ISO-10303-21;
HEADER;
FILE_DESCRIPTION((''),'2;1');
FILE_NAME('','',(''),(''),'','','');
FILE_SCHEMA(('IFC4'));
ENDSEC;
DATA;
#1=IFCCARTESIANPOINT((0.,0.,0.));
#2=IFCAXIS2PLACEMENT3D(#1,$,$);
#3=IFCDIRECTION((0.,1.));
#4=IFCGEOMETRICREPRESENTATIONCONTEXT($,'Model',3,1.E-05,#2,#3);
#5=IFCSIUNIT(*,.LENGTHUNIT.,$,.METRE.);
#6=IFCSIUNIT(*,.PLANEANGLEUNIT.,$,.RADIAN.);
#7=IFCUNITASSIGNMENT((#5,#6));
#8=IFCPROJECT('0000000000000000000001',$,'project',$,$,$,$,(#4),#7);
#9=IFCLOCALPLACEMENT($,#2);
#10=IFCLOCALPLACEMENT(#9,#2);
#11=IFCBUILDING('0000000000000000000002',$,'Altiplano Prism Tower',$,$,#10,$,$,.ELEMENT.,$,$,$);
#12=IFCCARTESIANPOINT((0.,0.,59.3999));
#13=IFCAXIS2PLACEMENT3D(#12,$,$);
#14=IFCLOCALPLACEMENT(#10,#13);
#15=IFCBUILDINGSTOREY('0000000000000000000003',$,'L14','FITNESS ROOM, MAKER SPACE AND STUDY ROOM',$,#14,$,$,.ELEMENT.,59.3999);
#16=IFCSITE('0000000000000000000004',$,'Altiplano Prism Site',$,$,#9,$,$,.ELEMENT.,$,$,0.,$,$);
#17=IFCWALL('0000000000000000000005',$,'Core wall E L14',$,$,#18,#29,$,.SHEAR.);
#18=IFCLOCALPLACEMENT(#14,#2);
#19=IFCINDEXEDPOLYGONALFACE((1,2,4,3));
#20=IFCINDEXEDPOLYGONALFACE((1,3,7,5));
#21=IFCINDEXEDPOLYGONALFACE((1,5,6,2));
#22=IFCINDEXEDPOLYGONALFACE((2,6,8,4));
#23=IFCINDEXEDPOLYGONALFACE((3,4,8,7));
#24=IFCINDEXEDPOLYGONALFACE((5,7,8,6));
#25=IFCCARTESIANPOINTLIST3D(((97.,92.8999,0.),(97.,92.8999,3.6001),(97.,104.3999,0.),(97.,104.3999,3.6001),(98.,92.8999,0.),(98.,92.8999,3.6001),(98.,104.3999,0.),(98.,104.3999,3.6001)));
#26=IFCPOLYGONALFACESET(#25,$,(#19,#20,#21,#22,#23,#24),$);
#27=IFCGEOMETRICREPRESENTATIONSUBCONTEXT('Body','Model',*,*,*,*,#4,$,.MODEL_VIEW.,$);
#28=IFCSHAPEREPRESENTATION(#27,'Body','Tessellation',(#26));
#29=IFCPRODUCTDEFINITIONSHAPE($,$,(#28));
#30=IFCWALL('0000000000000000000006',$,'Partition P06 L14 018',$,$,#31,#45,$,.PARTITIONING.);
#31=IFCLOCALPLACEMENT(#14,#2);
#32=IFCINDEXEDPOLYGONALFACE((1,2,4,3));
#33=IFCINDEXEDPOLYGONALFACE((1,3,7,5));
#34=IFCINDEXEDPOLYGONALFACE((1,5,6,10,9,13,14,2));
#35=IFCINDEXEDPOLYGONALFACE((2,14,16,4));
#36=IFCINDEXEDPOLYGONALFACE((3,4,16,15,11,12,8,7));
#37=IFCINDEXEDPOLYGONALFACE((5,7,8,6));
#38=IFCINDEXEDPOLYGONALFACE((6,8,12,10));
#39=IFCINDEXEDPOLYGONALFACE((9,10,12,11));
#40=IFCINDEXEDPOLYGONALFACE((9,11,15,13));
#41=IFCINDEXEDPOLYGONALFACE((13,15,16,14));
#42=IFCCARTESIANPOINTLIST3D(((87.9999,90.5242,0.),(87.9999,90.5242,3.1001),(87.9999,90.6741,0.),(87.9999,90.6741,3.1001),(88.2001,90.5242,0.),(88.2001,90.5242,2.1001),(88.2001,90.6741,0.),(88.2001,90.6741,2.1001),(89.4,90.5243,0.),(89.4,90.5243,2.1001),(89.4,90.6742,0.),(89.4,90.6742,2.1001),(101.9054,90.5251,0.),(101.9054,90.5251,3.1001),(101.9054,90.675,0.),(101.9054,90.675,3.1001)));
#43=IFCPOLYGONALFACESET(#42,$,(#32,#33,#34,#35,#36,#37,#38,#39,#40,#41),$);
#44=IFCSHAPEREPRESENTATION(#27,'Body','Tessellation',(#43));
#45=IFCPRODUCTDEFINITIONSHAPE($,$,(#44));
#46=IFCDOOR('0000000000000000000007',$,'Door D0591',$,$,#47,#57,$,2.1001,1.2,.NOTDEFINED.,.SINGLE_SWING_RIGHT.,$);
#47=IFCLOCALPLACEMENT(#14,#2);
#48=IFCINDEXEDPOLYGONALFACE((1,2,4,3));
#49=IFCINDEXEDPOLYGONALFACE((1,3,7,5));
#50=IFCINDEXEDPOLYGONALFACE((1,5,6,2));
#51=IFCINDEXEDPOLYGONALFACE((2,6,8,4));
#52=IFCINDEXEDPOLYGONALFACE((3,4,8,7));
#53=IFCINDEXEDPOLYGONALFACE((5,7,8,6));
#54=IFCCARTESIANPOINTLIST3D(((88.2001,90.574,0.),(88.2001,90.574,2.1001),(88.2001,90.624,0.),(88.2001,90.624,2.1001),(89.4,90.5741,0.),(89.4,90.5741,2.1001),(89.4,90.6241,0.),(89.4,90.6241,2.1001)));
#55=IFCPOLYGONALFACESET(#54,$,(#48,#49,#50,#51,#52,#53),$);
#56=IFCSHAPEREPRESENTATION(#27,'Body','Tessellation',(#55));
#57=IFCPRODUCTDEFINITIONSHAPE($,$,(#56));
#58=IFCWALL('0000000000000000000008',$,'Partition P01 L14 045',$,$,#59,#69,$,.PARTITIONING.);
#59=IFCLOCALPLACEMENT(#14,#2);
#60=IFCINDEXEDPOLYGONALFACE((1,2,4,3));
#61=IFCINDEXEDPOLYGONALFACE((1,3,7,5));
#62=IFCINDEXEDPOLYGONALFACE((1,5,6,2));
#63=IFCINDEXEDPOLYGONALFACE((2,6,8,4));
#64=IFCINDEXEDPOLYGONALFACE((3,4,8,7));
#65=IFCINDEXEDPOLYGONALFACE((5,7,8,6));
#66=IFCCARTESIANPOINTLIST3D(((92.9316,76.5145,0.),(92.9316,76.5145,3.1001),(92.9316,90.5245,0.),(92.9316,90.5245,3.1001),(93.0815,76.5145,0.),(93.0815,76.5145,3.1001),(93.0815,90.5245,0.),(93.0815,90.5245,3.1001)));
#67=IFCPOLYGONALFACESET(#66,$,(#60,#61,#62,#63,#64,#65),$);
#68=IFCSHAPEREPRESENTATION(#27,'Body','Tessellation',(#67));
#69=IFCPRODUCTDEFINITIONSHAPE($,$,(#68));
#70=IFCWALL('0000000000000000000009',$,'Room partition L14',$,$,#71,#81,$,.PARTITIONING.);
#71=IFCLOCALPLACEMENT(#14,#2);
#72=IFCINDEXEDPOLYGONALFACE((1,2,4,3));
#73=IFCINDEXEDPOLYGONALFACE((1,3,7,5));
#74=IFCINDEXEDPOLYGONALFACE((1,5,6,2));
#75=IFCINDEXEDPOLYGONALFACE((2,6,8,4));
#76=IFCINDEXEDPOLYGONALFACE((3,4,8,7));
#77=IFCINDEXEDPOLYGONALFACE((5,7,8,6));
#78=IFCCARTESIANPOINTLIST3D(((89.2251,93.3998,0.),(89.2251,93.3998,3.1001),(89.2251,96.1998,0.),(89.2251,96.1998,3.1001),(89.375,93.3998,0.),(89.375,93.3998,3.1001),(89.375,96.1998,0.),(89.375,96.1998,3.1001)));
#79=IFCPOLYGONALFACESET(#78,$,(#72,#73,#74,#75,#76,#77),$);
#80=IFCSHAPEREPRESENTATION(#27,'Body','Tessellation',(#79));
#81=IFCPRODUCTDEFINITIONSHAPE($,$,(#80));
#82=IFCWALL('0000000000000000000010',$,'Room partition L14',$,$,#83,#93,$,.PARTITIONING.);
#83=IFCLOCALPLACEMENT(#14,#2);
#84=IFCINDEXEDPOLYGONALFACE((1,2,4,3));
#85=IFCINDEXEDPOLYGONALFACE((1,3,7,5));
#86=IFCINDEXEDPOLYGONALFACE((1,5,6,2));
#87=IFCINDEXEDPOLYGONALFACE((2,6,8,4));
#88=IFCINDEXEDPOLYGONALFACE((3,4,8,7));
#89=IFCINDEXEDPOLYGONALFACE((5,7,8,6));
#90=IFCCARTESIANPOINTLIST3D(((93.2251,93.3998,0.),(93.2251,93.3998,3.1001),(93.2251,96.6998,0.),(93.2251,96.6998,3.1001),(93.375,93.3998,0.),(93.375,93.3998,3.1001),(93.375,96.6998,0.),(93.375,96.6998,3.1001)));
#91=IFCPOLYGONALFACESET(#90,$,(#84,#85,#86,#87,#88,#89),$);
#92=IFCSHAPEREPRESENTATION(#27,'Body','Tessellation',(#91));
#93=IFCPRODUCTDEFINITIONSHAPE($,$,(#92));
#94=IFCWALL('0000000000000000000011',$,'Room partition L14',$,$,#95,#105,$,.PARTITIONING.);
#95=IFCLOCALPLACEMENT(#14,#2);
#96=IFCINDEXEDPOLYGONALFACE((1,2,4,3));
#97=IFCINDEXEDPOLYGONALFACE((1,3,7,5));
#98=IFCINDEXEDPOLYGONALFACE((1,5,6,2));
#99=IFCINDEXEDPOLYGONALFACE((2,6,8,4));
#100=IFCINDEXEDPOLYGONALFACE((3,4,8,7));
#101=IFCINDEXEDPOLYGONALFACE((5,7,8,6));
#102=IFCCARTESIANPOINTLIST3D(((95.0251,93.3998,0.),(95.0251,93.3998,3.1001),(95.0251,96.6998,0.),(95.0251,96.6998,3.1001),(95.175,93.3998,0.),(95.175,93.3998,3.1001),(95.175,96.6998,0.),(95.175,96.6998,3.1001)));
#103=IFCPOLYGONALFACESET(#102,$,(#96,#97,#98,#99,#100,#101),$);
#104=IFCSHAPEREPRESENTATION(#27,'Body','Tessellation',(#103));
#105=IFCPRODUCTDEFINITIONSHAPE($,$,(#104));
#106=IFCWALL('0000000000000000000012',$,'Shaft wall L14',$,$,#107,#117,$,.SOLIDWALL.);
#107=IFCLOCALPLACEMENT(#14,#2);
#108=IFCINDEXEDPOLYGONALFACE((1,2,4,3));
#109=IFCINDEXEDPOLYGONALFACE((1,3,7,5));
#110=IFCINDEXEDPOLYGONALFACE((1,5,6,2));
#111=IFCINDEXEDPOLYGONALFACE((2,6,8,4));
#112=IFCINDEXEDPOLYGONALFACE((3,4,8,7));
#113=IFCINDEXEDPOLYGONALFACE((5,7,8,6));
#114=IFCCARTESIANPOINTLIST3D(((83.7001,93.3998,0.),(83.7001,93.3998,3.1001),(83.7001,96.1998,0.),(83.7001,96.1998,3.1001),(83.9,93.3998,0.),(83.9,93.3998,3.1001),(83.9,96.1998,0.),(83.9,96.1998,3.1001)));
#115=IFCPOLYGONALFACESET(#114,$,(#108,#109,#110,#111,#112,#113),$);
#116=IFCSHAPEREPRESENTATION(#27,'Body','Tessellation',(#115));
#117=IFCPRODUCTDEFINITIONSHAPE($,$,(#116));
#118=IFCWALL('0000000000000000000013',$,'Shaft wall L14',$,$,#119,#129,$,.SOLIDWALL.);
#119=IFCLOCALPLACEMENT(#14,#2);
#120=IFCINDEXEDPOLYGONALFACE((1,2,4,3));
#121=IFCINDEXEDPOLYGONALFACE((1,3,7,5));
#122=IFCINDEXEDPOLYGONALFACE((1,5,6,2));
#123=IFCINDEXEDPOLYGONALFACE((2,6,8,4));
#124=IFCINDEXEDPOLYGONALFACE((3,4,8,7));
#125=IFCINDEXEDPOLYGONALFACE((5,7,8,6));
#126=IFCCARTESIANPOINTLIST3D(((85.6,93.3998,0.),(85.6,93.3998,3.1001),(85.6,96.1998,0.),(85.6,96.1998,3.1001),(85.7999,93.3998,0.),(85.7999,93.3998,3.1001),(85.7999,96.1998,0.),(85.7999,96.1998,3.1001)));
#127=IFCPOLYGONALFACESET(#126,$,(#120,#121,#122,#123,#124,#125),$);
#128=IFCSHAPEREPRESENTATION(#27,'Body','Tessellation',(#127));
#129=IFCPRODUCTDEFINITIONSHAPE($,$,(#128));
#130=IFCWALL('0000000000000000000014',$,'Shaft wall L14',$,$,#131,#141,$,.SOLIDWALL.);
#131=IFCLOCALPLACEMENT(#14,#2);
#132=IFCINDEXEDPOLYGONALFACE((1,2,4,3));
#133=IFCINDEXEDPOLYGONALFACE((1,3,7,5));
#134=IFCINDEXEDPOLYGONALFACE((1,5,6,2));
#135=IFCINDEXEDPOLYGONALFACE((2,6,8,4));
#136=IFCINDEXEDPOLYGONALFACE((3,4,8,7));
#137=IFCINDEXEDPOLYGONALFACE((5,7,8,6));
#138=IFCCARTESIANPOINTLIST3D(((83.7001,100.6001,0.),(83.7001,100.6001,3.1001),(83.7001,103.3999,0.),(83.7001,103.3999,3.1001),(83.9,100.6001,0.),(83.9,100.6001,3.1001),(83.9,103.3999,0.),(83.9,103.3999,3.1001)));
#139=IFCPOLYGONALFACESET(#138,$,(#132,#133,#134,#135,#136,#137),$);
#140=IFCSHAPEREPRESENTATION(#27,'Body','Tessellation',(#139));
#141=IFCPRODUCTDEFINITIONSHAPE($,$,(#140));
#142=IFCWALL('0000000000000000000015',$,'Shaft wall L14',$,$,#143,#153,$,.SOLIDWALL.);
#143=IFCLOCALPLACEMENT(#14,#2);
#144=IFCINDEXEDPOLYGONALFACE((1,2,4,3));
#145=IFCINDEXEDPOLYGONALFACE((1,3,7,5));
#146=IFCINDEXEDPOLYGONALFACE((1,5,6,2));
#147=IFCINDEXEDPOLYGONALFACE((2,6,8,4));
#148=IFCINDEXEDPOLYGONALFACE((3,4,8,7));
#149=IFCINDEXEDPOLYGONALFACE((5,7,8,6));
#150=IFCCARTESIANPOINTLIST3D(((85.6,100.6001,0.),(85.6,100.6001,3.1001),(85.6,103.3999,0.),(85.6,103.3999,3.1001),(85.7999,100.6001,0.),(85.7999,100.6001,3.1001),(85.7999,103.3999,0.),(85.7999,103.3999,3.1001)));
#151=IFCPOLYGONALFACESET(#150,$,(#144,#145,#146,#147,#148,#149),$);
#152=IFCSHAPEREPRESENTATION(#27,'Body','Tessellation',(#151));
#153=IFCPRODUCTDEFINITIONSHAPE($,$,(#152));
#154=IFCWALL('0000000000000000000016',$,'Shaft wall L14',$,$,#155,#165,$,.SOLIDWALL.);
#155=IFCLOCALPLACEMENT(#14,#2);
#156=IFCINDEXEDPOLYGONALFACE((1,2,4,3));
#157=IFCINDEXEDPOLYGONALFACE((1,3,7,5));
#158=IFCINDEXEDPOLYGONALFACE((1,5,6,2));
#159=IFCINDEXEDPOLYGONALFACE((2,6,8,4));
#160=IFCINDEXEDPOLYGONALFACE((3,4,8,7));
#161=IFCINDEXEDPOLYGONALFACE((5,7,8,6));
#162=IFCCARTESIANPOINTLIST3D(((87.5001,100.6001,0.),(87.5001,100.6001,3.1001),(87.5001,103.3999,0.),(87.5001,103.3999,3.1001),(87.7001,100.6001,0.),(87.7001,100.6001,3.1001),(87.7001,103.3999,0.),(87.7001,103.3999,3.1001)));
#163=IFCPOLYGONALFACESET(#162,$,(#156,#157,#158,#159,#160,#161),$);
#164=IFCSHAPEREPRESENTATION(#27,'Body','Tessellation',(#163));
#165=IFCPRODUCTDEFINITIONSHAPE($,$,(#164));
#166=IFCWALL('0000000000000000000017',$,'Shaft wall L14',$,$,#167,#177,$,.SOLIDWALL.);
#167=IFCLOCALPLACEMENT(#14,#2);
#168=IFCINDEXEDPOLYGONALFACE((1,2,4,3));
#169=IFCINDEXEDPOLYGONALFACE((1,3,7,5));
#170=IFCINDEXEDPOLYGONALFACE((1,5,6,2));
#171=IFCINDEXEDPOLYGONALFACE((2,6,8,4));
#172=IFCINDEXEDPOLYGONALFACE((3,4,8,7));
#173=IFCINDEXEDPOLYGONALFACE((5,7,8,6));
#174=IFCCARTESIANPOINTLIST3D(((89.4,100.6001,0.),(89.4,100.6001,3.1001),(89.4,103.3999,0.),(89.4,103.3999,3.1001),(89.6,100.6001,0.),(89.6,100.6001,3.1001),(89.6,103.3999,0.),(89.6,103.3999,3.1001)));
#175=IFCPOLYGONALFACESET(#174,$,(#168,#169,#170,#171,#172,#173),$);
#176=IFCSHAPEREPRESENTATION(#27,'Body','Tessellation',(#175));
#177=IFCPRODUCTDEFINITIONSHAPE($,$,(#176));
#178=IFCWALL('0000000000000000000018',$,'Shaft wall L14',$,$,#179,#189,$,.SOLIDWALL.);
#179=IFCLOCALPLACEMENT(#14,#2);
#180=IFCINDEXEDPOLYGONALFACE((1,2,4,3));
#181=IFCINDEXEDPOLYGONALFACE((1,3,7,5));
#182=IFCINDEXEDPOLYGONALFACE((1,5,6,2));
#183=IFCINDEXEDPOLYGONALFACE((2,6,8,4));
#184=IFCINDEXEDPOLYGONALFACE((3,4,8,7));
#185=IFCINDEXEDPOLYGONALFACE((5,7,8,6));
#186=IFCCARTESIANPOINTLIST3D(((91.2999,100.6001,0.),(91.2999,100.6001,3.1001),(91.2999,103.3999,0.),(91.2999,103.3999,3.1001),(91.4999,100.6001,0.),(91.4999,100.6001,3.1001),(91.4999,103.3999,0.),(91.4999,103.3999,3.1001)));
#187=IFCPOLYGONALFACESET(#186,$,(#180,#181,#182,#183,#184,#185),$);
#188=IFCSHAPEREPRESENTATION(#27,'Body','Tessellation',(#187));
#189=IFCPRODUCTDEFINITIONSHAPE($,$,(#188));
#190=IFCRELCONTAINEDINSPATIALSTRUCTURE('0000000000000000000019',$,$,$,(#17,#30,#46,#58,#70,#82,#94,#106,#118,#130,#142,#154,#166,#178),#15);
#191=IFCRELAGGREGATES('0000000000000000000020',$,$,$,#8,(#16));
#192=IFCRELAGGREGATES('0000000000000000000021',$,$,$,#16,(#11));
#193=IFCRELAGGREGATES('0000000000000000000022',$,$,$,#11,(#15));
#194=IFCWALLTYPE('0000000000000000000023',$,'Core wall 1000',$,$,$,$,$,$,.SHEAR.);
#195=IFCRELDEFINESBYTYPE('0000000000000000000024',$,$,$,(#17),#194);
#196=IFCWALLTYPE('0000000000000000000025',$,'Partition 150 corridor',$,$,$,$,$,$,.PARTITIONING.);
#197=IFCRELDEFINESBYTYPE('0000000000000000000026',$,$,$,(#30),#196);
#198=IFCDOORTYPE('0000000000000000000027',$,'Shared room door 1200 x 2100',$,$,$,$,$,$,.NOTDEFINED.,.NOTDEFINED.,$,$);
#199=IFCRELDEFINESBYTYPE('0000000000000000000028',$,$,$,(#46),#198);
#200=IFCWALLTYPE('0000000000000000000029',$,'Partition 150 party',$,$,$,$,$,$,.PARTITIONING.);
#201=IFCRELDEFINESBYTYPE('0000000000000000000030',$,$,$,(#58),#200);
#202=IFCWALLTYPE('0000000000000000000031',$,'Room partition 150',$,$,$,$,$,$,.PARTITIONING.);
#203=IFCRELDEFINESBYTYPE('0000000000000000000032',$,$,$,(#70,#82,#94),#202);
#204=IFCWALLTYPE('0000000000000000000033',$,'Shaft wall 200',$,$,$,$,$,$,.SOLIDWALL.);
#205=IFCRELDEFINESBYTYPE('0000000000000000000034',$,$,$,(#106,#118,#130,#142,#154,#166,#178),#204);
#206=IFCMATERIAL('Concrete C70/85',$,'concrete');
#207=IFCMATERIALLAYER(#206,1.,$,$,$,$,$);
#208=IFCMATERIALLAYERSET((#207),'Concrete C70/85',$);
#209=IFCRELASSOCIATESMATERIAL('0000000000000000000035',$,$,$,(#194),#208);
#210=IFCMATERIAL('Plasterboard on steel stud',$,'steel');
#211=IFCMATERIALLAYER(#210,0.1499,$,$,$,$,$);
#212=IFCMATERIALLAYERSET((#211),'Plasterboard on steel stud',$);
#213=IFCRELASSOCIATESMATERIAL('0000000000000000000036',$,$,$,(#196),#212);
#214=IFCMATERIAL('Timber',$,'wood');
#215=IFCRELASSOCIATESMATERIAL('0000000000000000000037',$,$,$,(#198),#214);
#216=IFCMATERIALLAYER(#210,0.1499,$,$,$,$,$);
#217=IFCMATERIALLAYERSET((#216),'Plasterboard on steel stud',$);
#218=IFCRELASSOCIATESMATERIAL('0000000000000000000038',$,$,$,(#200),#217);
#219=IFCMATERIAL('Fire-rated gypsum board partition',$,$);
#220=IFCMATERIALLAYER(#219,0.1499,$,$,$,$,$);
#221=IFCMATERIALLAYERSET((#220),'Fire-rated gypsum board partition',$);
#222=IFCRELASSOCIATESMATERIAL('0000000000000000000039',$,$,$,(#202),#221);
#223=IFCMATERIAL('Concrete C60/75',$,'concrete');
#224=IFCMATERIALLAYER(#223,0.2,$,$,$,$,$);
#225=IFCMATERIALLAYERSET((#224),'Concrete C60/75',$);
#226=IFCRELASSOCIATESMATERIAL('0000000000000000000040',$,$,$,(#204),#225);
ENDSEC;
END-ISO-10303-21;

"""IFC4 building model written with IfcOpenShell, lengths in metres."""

from ifc_helpers import new_model, si_unit, direction, frame, frame_2d, origin, place, context, subcontext, project, spatial, rectangle, extrude, material, layer, layer_set, type_object, element, fill, save


model = new_model("IFC4")

# Units and contexts
model_context = context("Model", 3, precision=1e-05, world=origin(), true_north=direction((0.0, 1.0)))
body_context = subcontext(model_context, "Body", "Model", "MODEL_VIEW")
ifc_project = project(units=[si_unit("LENGTHUNIT", "METRE"), si_unit("PLANEANGLEUNIT", "RADIAN")], contexts=[model_context])

# Site, building, storey
site_placement = place(None, origin())
site = spatial("IfcSite", under=ifc_project, at=site_placement, Name="Altiplano Prism Site", CompositionType="ELEMENT", RefElevation=0.0)
building_placement = place(site_placement, origin())
building = spatial("IfcBuilding", under=site, at=building_placement, Name="Altiplano Prism Tower", CompositionType="ELEMENT")
storey_placement = place(building_placement, frame((0.0, 0.0, 59.3999)))
storey = spatial("IfcBuildingStorey", under=building, at=storey_placement, Name="L14", Description="FITNESS ROOM, MAKER SPACE AND STUDY ROOM", CompositionType="ELEMENT", Elevation=59.3999)

# Wall
ifc_material_1 = material(Name="Concrete C70/85", Category="concrete")
ifc_layer_1 = layer(ifc_material_1, 1.0)
ifc_layer_set_1 = layer_set([ifc_layer_1], Name="Concrete C70/85")
wall_type_1 = type_object("IfcWallType", Name="Core wall 1000", PredefinedType="SHEAR", material=ifc_layer_set_1)
wall_1_placement = place(storey_placement, frame((97.5, 92.8999, 0.0), z_axis=(0.0, 0.0, 1.0), x_axis=(0.0, 1.0, 0.0)))
element("IfcWall", 1, at=wall_1_placement, inside=storey, type_object=wall_type_1, Name="Core wall E L14", PredefinedType="SHEAR", context=body_context, shape_type="SweptSolid", body=[
    extrude(rectangle(XDim=11.5, YDim=1.0, at=frame_2d((5.75, 0.0))), origin(), (0.0, 0.0, 1.0), 3.6001),
])

# Wall, opening, door
ifc_material_2 = material(Name="Plasterboard on steel stud", Category="steel")
ifc_layer_2 = layer(ifc_material_2, 0.1499)
ifc_layer_set_2 = layer_set([ifc_layer_2], Name="Plasterboard on steel stud")
wall_type_2 = type_object("IfcWallType", Name="Partition 150 corridor", PredefinedType="PARTITIONING", material=ifc_layer_set_2)
wall_2_placement = place(storey_placement, frame((88.0, 90.5991, 0.0), z_axis=(0.0, 0.0, 1.0), x_axis=(1.0, 0.00007, 0.0)))
wall_2 = element("IfcWall", 2, at=wall_2_placement, inside=storey, type_object=wall_type_2, Name="Partition P06 L14 018", PredefinedType="PARTITIONING", context=body_context, shape_type="SweptSolid", body=[
    extrude(rectangle(XDim=13.9055, YDim=0.1499, at=frame_2d((6.9526, 0.0))), origin(), (0.0, 0.0, 1.0), 3.1001),
])
opening_1_placement = place(wall_2_placement, frame((0.2, 0.0, 0.0)))
opening_1 = element("IfcOpeningElement", 3, at=opening_1_placement, cuts=wall_2, PredefinedType="OPENING", context=body_context, shape_type="SweptSolid", body=[
    extrude(rectangle(XDim=1.2, YDim=2.1001, at=frame_2d((0.6001, 1.05))), frame((0.0, 0.0854, 0.0), z_axis=(0.0, -1.0, 0.0), x_axis=(1.0, 0.0, 0.0)), (0.0, 0.0, 1.0), 0.1709),
])
ifc_material_3 = material(Name="Timber", Category="wood")
door_type_1 = type_object("IfcDoorType", Name="Shared room door 1200 x 2100", OperationType="NOTDEFINED", PredefinedType="NOTDEFINED", material=ifc_material_3)
door_1_placement = place(opening_1_placement, origin())
door_1 = element("IfcDoor", 4, at=door_1_placement, inside=storey, type_object=door_type_1, Name="Door D0591", OperationType="SINGLE_SWING_RIGHT", OverallHeight=2.1001, OverallWidth=1.2, PredefinedType="NOTDEFINED", context=body_context, shape_type="SweptSolid", body=[
    extrude(rectangle(XDim=1.2, YDim=2.1001, at=frame_2d((0.6001, 1.05))), frame((0.0, 0.0249, 0.0), z_axis=(0.0, -1.0, 0.0), x_axis=(1.0, 0.0, 0.0)), (0.0, 0.0, 1.0), 0.05),
])
fill(opening_1, door_1)

# Walls
ifc_layer_3 = layer(ifc_material_2, 0.1499)
ifc_layer_set_3 = layer_set([ifc_layer_3], Name="Plasterboard on steel stud")
wall_type_3 = type_object("IfcWallType", Name="Partition 150 party", PredefinedType="PARTITIONING", material=ifc_layer_set_3)
wall_3_placement = place(storey_placement, frame((93.0066, 90.5244, 0.0), z_axis=(0.0, 0.0, 1.0), x_axis=(0.0, -1.0, 0.0)))
element("IfcWall", 5, at=wall_3_placement, inside=storey, type_object=wall_type_3, Name="Partition P01 L14 045", PredefinedType="PARTITIONING", context=body_context, shape_type="SweptSolid", body=[
    extrude(rectangle(XDim=14.01, YDim=0.1499, at=frame_2d((7.0049, 0.0))), origin(), (0.0, 0.0, 1.0), 3.1001),
])
ifc_material_4 = material(Name="Fire-rated gypsum board partition")
ifc_layer_4 = layer(ifc_material_4, 0.1499)
ifc_layer_set_4 = layer_set([ifc_layer_4], Name="Fire-rated gypsum board partition")
wall_type_4 = type_object("IfcWallType", Name="Room partition 150", PredefinedType="PARTITIONING", material=ifc_layer_set_4)
wall_4_placement = place(storey_placement, frame((89.3, 93.3999, 0.0), z_axis=(0.0, 0.0, 1.0), x_axis=(0.0, 1.0, 0.0)))
element("IfcWall", 6, at=wall_4_placement, inside=storey, type_object=wall_type_4, Name="Room partition L14", PredefinedType="PARTITIONING", context=body_context, shape_type="SweptSolid", body=[
    extrude(rectangle(XDim=2.8, YDim=0.1499, at=frame_2d((1.3999, 0.0))), origin(), (0.0, 0.0, 1.0), 3.1001),
])
for number, where, z_axis, x_axis, name in (
    (7, (93.3, 93.3999, 0.0), (0.0, 0.0, 1.0), (0.0, 1.0, 0.0), "Room partition L14"),
    (8, (95.1001, 93.3999, 0.0), (0.0, 0.0, 1.0), (0.0, 1.0, 0.0), "Room partition L14"),
):
    element("IfcWall", number, at=place(storey_placement, frame(where, z_axis=z_axis, x_axis=x_axis)), inside=storey, type_object=wall_type_4, Name=name, PredefinedType="PARTITIONING", context=body_context, shape_type="SweptSolid", body=[
        extrude(rectangle(XDim=3.3, YDim=0.1499, at=frame_2d((1.6499, 0.0))), origin(), (0.0, 0.0, 1.0), 3.1001),
    ])
ifc_material_5 = material(Name="Concrete C60/75", Category="concrete")
ifc_layer_5 = layer(ifc_material_5, 0.2)
ifc_layer_set_5 = layer_set([ifc_layer_5], Name="Concrete C60/75")
wall_type_5 = type_object("IfcWallType", Name="Shaft wall 200", PredefinedType="SOLIDWALL", material=ifc_layer_set_5)
for number, where, z_axis, x_axis, name in (
    (9, (83.8, 93.3999, 0.0), (0.0, 0.0, 1.0), (0.0, 1.0, 0.0), "Shaft wall L14"),
    (10, (85.7, 93.3999, 0.0), (0.0, 0.0, 1.0), (0.0, 1.0, 0.0), "Shaft wall L14"),
):
    element("IfcWall", number, at=place(storey_placement, frame(where, z_axis=z_axis, x_axis=x_axis)), inside=storey, type_object=wall_type_5, Name=name, PredefinedType="SOLIDWALL", context=body_context, shape_type="SweptSolid", body=[
        extrude(rectangle(XDim=2.8, YDim=0.2, at=frame_2d((1.3999, 0.0))), origin(), (0.0, 0.0, 1.0), 3.1001),
    ])
for number, where, z_axis, x_axis, name in (
    (11, (83.8, 100.6001, 0.0), (0.0, 0.0, 1.0), (0.0, 1.0, 0.0), "Shaft wall L14"),
    (12, (85.7, 100.6001, 0.0), (0.0, 0.0, 1.0), (0.0, 1.0, 0.0), "Shaft wall L14"),
    (13, (87.6001, 100.6001, 0.0), (0.0, 0.0, 1.0), (0.0, 1.0, 0.0), "Shaft wall L14"),
    (14, (89.5, 100.6001, 0.0), (0.0, 0.0, 1.0), (0.0, 1.0, 0.0), "Shaft wall L14"),
    (15, (91.3999, 100.6001, 0.0), (0.0, 0.0, 1.0), (0.0, 1.0, 0.0), "Shaft wall L14"),
):
    element("IfcWall", number, at=place(storey_placement, frame(where, z_axis=z_axis, x_axis=x_axis)), inside=storey, type_object=wall_type_5, Name=name, PredefinedType="SOLIDWALL", context=body_context, shape_type="SweptSolid", body=[
        extrude(rectangle(XDim=2.7998, YDim=0.2, at=frame_2d((1.3999, 0.0))), origin(), (0.0, 0.0, 1.0), 3.1001),
    ])

save(model, "model.ifc")
